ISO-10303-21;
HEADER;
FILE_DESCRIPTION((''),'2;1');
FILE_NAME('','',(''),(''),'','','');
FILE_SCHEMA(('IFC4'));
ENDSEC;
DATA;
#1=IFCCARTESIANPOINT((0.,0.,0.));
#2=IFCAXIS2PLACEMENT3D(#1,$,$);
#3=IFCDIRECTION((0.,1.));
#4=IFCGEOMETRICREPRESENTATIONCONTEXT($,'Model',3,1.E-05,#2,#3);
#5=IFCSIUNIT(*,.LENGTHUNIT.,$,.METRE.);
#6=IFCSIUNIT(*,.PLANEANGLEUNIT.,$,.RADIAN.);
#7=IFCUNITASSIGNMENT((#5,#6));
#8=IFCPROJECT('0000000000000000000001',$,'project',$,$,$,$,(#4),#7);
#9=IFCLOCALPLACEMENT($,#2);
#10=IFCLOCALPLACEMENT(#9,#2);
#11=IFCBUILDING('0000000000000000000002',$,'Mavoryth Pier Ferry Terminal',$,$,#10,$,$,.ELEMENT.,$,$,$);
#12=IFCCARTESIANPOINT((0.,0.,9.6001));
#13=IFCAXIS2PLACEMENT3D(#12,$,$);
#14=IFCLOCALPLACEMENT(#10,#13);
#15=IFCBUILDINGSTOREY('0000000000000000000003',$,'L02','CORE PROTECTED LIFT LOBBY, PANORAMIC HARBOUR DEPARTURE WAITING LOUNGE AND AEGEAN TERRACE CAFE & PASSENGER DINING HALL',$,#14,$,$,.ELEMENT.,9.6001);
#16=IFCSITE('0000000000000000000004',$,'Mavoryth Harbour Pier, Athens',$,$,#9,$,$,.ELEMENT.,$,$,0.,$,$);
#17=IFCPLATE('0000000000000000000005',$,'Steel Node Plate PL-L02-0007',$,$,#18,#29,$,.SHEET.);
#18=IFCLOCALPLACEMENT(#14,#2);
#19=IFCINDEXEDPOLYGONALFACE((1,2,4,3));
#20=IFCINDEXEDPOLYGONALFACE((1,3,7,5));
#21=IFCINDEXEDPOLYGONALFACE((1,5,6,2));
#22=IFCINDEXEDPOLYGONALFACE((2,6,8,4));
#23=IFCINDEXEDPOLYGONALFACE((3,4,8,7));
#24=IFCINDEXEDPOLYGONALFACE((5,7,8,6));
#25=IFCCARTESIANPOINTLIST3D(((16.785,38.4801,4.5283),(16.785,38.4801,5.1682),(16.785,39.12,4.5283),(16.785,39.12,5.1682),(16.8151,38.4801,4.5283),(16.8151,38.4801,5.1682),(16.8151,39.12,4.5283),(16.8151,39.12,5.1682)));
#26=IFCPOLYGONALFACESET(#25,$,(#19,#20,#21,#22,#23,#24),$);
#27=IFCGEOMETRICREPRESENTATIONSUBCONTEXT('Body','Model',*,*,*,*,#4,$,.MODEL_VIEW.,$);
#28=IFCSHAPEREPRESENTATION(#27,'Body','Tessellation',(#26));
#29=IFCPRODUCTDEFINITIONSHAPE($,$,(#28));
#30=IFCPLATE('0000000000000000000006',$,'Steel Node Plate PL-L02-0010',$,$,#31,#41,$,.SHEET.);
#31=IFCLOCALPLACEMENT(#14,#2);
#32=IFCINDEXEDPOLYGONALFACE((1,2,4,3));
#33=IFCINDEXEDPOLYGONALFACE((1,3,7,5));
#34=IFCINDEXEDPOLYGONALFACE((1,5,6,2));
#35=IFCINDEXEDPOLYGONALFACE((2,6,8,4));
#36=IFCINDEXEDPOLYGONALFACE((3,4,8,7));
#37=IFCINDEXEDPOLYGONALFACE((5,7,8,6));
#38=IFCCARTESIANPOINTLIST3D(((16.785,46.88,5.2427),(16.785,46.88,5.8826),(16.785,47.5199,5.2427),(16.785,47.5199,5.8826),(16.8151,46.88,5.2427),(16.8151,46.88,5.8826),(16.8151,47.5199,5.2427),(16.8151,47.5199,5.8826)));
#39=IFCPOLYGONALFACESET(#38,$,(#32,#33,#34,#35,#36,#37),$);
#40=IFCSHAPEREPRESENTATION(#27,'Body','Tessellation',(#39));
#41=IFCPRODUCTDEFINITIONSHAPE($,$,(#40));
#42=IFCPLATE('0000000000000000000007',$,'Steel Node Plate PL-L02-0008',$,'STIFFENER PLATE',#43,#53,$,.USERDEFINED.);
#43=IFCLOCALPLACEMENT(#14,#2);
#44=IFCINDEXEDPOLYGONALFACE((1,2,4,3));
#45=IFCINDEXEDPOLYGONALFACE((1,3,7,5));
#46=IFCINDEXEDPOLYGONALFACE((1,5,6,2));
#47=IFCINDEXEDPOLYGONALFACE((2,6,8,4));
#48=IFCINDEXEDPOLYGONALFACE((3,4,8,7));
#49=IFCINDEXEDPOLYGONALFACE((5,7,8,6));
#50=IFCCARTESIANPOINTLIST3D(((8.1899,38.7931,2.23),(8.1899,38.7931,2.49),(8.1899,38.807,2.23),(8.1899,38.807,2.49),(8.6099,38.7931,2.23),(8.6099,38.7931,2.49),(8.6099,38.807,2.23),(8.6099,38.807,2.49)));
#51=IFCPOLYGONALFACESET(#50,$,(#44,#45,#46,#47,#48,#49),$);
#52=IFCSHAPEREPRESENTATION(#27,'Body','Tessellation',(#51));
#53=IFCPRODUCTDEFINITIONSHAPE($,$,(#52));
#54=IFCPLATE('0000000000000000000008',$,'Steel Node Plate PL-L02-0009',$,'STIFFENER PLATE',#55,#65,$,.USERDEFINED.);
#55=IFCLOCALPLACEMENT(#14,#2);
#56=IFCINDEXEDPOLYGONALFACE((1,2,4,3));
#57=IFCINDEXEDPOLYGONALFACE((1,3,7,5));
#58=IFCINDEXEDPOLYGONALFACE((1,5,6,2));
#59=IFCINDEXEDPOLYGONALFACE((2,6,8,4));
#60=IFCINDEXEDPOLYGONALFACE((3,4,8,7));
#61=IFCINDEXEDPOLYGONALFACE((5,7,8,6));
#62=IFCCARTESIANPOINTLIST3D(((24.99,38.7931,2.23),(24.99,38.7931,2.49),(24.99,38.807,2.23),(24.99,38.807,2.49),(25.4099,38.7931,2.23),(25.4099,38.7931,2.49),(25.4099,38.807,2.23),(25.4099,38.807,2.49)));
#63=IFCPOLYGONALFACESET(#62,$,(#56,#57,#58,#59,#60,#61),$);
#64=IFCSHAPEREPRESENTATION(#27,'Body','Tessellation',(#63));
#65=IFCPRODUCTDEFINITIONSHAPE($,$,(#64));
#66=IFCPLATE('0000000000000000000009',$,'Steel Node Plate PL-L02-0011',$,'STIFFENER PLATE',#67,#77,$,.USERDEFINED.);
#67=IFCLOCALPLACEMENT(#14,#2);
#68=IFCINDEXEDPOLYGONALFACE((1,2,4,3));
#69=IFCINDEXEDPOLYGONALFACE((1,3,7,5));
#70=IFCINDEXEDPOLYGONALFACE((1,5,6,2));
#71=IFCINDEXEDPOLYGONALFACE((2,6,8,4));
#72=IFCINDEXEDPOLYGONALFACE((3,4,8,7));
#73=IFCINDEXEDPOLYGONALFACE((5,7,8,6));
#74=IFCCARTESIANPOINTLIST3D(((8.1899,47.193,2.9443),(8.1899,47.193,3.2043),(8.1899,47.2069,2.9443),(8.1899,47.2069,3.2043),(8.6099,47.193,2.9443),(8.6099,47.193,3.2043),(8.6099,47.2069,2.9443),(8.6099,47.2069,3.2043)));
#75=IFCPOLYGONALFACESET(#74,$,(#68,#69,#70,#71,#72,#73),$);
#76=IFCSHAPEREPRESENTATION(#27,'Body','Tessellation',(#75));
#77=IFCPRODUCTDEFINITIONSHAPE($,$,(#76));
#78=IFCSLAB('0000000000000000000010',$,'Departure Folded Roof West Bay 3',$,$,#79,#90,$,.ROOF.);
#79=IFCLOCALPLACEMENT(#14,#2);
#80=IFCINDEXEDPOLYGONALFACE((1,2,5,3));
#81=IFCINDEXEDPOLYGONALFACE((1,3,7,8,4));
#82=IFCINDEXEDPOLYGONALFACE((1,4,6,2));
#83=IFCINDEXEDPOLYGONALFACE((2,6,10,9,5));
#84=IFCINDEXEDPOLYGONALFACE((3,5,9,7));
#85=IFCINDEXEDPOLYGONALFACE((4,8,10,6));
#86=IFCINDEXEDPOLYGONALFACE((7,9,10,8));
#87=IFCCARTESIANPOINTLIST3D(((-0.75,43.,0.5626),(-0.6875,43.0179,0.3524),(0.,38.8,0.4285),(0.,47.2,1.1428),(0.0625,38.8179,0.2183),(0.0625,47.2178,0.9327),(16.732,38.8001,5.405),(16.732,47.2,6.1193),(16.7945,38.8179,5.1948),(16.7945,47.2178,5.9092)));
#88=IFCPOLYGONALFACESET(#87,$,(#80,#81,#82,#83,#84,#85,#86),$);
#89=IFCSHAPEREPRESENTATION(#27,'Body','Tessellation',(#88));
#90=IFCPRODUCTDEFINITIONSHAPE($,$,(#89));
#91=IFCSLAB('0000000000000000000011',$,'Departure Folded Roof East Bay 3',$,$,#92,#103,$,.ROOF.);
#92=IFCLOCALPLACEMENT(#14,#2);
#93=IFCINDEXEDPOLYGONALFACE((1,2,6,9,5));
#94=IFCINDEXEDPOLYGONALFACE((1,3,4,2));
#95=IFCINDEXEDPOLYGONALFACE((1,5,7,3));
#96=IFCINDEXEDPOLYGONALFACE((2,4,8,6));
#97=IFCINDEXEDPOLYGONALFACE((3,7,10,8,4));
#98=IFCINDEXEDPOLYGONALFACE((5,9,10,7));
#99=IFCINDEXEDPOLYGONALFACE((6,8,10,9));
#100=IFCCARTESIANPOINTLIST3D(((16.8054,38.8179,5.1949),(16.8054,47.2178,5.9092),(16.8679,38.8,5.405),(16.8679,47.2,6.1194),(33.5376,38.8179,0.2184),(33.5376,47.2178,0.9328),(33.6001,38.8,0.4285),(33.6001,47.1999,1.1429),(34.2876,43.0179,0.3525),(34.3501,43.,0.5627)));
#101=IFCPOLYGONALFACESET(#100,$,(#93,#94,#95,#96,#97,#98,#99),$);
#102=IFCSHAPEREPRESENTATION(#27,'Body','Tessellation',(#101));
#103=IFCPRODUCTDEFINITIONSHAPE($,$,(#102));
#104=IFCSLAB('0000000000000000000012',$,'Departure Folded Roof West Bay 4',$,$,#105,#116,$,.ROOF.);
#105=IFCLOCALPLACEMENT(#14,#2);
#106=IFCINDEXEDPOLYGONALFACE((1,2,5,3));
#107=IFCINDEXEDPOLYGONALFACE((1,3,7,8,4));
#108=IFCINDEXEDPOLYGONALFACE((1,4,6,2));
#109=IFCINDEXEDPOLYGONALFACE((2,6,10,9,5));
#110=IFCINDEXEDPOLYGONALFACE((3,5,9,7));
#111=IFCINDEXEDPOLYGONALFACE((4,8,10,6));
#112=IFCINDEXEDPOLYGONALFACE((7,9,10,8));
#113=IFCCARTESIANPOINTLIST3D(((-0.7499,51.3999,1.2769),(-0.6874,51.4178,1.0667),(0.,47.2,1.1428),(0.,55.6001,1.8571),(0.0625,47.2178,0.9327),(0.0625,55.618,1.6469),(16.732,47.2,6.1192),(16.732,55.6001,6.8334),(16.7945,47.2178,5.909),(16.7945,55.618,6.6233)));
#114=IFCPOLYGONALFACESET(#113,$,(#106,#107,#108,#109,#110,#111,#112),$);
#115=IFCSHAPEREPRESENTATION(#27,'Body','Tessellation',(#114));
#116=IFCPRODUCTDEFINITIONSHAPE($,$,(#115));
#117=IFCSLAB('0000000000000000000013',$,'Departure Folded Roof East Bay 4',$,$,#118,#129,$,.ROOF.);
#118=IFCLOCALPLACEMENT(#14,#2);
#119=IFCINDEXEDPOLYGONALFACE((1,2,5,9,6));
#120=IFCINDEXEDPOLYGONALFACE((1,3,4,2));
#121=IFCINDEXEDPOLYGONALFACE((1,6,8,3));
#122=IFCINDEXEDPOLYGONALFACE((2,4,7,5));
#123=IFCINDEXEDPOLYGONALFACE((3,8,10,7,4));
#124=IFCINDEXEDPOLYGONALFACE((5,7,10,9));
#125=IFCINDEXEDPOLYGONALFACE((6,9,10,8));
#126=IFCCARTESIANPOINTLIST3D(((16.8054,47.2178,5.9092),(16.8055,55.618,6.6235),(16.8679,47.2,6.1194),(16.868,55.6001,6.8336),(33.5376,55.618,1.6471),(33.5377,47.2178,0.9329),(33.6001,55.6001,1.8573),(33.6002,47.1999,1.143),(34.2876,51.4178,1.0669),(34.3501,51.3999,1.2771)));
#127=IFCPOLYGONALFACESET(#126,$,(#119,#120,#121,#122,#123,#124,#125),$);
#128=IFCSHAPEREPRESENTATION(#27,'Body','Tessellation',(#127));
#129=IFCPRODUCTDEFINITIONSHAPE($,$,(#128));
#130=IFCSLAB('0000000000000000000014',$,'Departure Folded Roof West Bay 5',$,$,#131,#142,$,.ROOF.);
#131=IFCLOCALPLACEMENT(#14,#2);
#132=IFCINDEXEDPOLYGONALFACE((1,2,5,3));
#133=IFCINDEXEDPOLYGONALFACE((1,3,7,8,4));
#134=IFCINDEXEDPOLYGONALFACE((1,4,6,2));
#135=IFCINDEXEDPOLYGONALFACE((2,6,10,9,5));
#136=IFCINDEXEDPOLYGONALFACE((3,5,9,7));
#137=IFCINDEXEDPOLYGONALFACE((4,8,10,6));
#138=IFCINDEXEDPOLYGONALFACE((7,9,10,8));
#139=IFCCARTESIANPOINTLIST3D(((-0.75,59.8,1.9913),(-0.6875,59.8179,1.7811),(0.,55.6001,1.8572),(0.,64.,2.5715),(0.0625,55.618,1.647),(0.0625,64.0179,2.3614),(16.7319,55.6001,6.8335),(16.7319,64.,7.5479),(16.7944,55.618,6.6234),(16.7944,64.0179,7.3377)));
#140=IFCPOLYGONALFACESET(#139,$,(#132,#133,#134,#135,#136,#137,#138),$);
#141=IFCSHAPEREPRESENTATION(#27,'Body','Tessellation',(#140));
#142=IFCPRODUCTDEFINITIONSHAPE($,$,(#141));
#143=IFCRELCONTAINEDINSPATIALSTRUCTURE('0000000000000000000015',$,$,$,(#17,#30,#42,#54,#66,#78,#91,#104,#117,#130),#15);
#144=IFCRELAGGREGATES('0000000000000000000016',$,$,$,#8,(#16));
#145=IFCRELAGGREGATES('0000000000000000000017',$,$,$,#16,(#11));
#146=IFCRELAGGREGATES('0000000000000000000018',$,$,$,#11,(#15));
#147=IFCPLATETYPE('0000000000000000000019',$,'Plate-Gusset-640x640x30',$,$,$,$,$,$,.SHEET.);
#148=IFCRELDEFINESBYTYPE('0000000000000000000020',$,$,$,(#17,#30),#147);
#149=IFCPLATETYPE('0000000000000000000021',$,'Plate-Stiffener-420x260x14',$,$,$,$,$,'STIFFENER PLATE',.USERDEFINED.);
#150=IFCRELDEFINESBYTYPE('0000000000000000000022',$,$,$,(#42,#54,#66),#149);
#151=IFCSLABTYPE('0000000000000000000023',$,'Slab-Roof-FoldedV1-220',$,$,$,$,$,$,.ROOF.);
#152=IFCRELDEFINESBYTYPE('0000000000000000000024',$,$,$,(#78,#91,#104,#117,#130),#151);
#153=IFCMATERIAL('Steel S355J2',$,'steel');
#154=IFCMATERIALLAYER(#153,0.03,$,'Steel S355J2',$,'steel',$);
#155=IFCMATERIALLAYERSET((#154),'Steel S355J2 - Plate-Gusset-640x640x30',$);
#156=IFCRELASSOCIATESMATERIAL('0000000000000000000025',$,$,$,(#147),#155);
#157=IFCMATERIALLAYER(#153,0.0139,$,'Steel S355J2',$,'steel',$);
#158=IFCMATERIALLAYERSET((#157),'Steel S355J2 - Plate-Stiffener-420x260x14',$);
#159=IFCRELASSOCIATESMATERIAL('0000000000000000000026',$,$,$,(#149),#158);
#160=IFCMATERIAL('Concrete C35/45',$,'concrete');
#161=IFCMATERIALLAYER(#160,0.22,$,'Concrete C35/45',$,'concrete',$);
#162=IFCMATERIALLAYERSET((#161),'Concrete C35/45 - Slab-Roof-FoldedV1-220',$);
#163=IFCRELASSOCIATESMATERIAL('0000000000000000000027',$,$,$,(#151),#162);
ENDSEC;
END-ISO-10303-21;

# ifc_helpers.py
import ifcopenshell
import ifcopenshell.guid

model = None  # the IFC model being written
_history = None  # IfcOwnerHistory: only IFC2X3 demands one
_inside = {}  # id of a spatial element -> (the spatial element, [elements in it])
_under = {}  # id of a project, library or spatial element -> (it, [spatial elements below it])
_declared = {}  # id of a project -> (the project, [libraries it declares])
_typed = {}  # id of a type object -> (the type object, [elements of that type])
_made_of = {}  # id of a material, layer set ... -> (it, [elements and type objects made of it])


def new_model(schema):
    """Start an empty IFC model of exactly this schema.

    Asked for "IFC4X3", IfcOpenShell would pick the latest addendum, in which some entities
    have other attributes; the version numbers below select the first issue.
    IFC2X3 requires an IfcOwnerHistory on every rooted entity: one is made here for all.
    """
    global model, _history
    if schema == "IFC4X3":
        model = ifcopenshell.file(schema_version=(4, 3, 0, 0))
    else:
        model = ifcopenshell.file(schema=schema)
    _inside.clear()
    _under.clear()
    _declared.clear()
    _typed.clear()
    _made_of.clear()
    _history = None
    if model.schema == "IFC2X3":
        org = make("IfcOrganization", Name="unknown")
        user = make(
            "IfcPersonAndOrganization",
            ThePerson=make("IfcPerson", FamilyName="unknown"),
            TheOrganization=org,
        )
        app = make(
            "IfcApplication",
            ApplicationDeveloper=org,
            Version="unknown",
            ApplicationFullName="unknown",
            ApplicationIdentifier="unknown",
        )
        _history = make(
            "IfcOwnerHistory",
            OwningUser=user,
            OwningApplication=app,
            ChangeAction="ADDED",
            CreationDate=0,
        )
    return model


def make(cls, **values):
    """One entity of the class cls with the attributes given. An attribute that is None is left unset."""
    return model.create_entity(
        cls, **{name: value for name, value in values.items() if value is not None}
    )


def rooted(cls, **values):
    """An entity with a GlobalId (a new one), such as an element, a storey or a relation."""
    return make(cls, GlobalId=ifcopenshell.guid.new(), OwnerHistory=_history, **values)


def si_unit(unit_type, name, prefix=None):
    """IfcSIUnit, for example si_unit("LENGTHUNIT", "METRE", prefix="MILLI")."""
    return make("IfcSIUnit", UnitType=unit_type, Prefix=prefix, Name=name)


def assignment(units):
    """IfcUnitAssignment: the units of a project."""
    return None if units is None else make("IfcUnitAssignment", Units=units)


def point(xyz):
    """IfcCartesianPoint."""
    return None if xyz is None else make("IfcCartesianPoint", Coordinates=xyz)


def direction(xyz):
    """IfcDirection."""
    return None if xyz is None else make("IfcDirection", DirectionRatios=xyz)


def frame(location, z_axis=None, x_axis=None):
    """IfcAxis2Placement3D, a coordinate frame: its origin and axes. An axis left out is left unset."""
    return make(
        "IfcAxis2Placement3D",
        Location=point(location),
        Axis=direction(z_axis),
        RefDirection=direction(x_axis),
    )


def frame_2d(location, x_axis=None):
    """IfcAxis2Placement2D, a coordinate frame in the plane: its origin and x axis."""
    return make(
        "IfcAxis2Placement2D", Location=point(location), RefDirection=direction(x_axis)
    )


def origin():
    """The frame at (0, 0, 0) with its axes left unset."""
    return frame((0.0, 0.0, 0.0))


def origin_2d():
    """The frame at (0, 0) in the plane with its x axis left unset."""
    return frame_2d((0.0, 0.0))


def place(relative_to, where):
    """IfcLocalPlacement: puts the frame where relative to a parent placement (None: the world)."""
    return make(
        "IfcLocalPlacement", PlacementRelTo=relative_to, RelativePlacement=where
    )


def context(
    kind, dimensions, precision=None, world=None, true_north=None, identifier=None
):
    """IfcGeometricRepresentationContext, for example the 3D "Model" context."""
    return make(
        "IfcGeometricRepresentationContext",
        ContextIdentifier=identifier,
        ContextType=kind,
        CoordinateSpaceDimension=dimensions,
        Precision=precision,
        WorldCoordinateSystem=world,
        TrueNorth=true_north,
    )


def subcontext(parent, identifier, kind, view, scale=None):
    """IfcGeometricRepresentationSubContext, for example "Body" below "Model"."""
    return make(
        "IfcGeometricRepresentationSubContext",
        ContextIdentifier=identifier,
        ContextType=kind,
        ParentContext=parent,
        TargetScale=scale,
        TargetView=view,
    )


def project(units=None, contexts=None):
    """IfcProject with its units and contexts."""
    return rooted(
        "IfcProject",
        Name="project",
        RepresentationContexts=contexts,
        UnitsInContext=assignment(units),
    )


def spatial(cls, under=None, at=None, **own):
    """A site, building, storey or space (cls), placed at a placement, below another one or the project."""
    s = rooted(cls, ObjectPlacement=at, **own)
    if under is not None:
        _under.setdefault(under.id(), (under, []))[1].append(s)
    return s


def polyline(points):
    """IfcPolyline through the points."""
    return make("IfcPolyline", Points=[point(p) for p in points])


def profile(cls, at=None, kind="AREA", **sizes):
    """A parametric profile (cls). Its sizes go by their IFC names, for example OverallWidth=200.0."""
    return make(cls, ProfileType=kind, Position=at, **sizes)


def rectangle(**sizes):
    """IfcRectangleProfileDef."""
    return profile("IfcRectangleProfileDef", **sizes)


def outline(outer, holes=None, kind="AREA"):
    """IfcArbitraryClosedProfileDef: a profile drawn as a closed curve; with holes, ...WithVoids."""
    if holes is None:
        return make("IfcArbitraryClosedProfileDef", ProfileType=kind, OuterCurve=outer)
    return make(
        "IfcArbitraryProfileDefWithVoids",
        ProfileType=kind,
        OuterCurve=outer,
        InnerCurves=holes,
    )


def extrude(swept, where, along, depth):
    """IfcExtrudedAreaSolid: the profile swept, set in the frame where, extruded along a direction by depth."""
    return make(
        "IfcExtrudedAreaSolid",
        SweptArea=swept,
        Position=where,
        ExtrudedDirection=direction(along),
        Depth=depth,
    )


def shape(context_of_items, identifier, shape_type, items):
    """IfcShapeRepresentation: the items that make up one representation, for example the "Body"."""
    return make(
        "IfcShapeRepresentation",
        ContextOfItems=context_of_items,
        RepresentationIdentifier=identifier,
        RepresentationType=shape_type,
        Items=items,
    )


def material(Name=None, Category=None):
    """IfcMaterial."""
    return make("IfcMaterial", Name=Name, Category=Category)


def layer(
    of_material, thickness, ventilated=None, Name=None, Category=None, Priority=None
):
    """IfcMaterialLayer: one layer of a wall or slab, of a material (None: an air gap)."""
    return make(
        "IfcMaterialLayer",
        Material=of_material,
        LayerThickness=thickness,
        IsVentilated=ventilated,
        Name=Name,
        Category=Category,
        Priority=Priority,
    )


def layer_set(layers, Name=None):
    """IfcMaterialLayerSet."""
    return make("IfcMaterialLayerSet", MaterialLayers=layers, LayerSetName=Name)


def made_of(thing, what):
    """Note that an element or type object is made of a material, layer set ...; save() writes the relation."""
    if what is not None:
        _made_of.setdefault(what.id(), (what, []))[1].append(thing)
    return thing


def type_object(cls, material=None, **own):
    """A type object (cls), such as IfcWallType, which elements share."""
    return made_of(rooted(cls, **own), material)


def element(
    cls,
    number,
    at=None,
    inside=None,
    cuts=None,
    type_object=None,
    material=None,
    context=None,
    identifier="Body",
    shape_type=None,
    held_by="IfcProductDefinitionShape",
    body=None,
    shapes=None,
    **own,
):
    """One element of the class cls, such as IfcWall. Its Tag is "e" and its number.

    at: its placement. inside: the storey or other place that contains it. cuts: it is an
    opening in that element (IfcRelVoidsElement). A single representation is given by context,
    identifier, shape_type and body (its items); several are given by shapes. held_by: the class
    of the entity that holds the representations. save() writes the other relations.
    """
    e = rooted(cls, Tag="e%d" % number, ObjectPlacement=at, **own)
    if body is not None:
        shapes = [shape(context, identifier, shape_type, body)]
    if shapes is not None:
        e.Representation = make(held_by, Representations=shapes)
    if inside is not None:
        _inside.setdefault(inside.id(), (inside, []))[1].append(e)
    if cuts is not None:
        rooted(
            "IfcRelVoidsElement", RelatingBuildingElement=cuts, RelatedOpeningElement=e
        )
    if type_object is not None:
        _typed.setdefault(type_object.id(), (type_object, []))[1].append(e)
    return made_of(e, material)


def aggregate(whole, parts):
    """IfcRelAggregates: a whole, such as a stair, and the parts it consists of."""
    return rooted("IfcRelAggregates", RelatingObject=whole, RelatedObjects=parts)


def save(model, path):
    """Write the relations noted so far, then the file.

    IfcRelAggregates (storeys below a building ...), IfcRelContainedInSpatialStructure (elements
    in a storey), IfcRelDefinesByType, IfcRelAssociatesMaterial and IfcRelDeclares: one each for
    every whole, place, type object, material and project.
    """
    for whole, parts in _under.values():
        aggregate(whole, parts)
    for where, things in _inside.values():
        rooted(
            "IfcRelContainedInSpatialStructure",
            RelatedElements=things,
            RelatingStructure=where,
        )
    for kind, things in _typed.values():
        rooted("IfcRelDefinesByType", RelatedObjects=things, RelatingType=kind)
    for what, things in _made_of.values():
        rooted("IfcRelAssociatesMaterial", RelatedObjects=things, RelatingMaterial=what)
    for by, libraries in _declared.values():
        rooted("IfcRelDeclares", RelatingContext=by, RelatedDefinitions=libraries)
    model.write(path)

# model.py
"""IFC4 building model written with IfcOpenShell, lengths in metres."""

from ifc_helpers import new_model, si_unit, direction, frame, origin, origin_2d, place, context, subcontext, project, spatial, polyline, rectangle, outline, extrude, material, layer, layer_set, type_object, element, save


model = new_model("IFC4")

# Units and contexts
model_context = context("Model", 3, precision=1e-05, world=origin(), true_north=direction((0.0, 1.0)))
body_context = subcontext(model_context, "Body", "Model", "MODEL_VIEW")
ifc_project = project(units=[si_unit("LENGTHUNIT", "METRE"), si_unit("PLANEANGLEUNIT", "RADIAN")], contexts=[model_context])

# Site, building, storey
site_placement = place(None, origin())
site = spatial("IfcSite", under=ifc_project, at=site_placement, Name="Mavoryth Harbour Pier, Athens", CompositionType="ELEMENT", RefElevation=0.0)
building_placement = place(site_placement, origin())
building = spatial("IfcBuilding", under=site, at=building_placement, Name="Mavoryth Pier Ferry Terminal", CompositionType="ELEMENT")
storey_placement = place(building_placement, frame((0.0, 0.0, 9.6001)))
storey = spatial("IfcBuildingStorey", under=building, at=storey_placement, Name="L02", Description="CORE PROTECTED LIFT LOBBY, PANORAMIC HARBOUR DEPARTURE WAITING LOUNGE AND AEGEAN TERRACE CAFE & PASSENGER DINING HALL", CompositionType="ELEMENT", Elevation=9.6001)

# Shared definitions
ifc_material_1 = material(Name="Steel S355J2", Category="steel")

# Plates
ifc_layer_1 = layer(ifc_material_1, 0.03, Name="Steel S355J2", Category="steel")
ifc_layer_set_1 = layer_set([ifc_layer_1], Name="Steel S355J2 - Plate-Gusset-640x640x30")
plate_type_1 = type_object("IfcPlateType", Name="Plate-Gusset-640x640x30", PredefinedType="SHEET", material=ifc_layer_set_1)
for number, where, z_axis, x_axis, name in (
    (1, (16.8, 38.8, 4.5283), (0.0, 0.0, 1.0), (0.0, 1.0, 0.0), "Steel Node Plate PL-L02-0007"),
    (2, (16.8, 47.2, 5.2427), (0.0, 0.0, 1.0), (0.0, 1.0, 0.0), "Steel Node Plate PL-L02-0010"),
):
    element("IfcPlate", number, at=place(storey_placement, frame(where, z_axis=z_axis, x_axis=x_axis)), inside=storey, type_object=plate_type_1, Name=name, PredefinedType="SHEET", context=body_context, shape_type="SweptSolid", body=[
        extrude(rectangle(XDim=0.6399, YDim=0.03, at=origin_2d()), origin(), (0.0, 0.0, 1.0), 0.6399),
    ])
ifc_layer_2 = layer(ifc_material_1, 0.0139, Name="Steel S355J2", Category="steel")
ifc_layer_set_2 = layer_set([ifc_layer_2], Name="Steel S355J2 - Plate-Stiffener-420x260x14")
plate_type_2 = type_object("IfcPlateType", Name="Plate-Stiffener-420x260x14", ElementType="STIFFENER PLATE", PredefinedType="USERDEFINED", material=ifc_layer_set_2)
for number, where, z_axis, x_axis, name in (
    (3, (8.3999, 38.8, 2.23), (0.0, 0.0, 1.0), (1.0, 0.0, 0.0), "Steel Node Plate PL-L02-0008"),
    (4, (25.2, 38.8, 2.23), (0.0, 0.0, 1.0), (1.0, 0.0, 0.0), "Steel Node Plate PL-L02-0009"),
    (5, (8.3999, 47.2, 2.9443), (0.0, 0.0, 1.0), (1.0, 0.0, 0.0), "Steel Node Plate PL-L02-0011"),
):
    element("IfcPlate", number, at=place(storey_placement, frame(where, z_axis=z_axis, x_axis=x_axis)), inside=storey, type_object=plate_type_2, Name=name, ObjectType="STIFFENER PLATE", PredefinedType="USERDEFINED", context=body_context, shape_type="SweptSolid", body=[
        extrude(rectangle(XDim=0.4199, YDim=0.0139, at=origin_2d()), origin(), (0.0, 0.0, 1.0), 0.26),
    ])

# Slabs
ifc_material_2 = material(Name="Concrete C35/45", Category="concrete")
ifc_layer_3 = layer(ifc_material_2, 0.22, Name="Concrete C35/45", Category="concrete")
ifc_layer_set_3 = layer_set([ifc_layer_3], Name="Concrete C35/45 - Slab-Roof-FoldedV1-220")
slab_type = type_object("IfcSlabType", Name="Slab-Roof-FoldedV1-220", PredefinedType="ROOF", material=ifc_layer_set_3)
slab_1_placement = place(storey_placement, frame((0.0, 38.8, 0.4285), z_axis=(-0.284139, -0.081245, 0.955335), x_axis=(0.958503, 0.0, 0.285082)))
element("IfcSlab", 6, at=slab_1_placement, inside=storey, type_object=slab_type, Name="Departure Folded Roof West Bay 3", PredefinedType="ROOF", context=body_context, shape_type="SweptSolid", body=[
    extrude(outline(polyline([(0.0, 0.0), (17.4563, 0.0), (17.66, 8.4278), (0.2037, 8.4278), (-0.6806, 4.2139), (0.0, 0.0)])), origin(), (0.0, 0.0, -1.0), 0.22),
])
slab_2_placement = place(storey_placement, frame((16.8679, 38.8, 5.405), z_axis=(0.284136, -0.081245, 0.955336), x_axis=(0.958504, 0.0, -0.285078)))
element("IfcSlab", 7, at=slab_2_placement, inside=storey, type_object=slab_type, Name="Departure Folded Roof East Bay 3", PredefinedType="ROOF", context=body_context, shape_type="SweptSolid", body=[
    extrude(outline(polyline([(0.0, 0.0), (17.4566, 0.0), (18.1372, 4.2139), (17.2529, 8.4278), (-0.2037, 8.4278), (0.0, 0.0)])), origin(), (0.0, 0.0, -1.0), 0.22),
])
slab_3_placement = place(storey_placement, frame((0.0, 47.2, 1.1428), z_axis=(-0.284133, -0.081229, 0.955338), x_axis=(0.958505, 0.000001, 0.285075)))
element("IfcSlab", 8, at=slab_3_placement, inside=storey, type_object=slab_type, Name="Departure Folded Roof West Bay 4", PredefinedType="ROOF", context=body_context, shape_type="SweptSolid", body=[
    extrude(outline(polyline([(0.0, 0.0), (17.4563, 0.0), (17.6599, 8.428), (0.2037, 8.428), (-0.6806, 4.2139), (0.0, 0.0)])), origin(), (0.0, 0.0, -1.0), 0.22),
])
slab_4_placement = place(storey_placement, frame((16.8679, 47.2, 6.1194), z_axis=(0.28413, -0.081229, 0.955339), x_axis=(0.958506, -0.000001, -0.285072)))
element("IfcSlab", 9, at=slab_4_placement, inside=storey, type_object=slab_type, Name="Departure Folded Roof East Bay 4", PredefinedType="ROOF", context=body_context, shape_type="SweptSolid", body=[
    extrude(outline(polyline([(0.0, 0.0), (17.4566, 0.0), (18.1372, 4.2139), (17.2529, 8.428), (-0.2036, 8.428), (0.0, 0.0)])), origin(), (0.0, 0.0, -1.0), 0.22),
])
slab_5_placement = place(storey_placement, frame((0.0, 55.6001, 1.8572), z_axis=(-0.284133, -0.081245, 0.955336), x_axis=(0.958505, 0.0, 0.285076)))
element("IfcSlab", 10, at=slab_5_placement, inside=storey, type_object=slab_type, Name="Departure Folded Roof West Bay 5", PredefinedType="ROOF", context=body_context, shape_type="SweptSolid", body=[
    extrude(outline(polyline([(0.0, 0.0), (17.4563, 0.0), (17.6599, 8.4278), (0.2036, 8.4278), (-0.6807, 4.2139), (0.0, 0.0)])), origin(), (0.0, 0.0, -1.0), 0.22),
])

save(model, "model.ifc")
